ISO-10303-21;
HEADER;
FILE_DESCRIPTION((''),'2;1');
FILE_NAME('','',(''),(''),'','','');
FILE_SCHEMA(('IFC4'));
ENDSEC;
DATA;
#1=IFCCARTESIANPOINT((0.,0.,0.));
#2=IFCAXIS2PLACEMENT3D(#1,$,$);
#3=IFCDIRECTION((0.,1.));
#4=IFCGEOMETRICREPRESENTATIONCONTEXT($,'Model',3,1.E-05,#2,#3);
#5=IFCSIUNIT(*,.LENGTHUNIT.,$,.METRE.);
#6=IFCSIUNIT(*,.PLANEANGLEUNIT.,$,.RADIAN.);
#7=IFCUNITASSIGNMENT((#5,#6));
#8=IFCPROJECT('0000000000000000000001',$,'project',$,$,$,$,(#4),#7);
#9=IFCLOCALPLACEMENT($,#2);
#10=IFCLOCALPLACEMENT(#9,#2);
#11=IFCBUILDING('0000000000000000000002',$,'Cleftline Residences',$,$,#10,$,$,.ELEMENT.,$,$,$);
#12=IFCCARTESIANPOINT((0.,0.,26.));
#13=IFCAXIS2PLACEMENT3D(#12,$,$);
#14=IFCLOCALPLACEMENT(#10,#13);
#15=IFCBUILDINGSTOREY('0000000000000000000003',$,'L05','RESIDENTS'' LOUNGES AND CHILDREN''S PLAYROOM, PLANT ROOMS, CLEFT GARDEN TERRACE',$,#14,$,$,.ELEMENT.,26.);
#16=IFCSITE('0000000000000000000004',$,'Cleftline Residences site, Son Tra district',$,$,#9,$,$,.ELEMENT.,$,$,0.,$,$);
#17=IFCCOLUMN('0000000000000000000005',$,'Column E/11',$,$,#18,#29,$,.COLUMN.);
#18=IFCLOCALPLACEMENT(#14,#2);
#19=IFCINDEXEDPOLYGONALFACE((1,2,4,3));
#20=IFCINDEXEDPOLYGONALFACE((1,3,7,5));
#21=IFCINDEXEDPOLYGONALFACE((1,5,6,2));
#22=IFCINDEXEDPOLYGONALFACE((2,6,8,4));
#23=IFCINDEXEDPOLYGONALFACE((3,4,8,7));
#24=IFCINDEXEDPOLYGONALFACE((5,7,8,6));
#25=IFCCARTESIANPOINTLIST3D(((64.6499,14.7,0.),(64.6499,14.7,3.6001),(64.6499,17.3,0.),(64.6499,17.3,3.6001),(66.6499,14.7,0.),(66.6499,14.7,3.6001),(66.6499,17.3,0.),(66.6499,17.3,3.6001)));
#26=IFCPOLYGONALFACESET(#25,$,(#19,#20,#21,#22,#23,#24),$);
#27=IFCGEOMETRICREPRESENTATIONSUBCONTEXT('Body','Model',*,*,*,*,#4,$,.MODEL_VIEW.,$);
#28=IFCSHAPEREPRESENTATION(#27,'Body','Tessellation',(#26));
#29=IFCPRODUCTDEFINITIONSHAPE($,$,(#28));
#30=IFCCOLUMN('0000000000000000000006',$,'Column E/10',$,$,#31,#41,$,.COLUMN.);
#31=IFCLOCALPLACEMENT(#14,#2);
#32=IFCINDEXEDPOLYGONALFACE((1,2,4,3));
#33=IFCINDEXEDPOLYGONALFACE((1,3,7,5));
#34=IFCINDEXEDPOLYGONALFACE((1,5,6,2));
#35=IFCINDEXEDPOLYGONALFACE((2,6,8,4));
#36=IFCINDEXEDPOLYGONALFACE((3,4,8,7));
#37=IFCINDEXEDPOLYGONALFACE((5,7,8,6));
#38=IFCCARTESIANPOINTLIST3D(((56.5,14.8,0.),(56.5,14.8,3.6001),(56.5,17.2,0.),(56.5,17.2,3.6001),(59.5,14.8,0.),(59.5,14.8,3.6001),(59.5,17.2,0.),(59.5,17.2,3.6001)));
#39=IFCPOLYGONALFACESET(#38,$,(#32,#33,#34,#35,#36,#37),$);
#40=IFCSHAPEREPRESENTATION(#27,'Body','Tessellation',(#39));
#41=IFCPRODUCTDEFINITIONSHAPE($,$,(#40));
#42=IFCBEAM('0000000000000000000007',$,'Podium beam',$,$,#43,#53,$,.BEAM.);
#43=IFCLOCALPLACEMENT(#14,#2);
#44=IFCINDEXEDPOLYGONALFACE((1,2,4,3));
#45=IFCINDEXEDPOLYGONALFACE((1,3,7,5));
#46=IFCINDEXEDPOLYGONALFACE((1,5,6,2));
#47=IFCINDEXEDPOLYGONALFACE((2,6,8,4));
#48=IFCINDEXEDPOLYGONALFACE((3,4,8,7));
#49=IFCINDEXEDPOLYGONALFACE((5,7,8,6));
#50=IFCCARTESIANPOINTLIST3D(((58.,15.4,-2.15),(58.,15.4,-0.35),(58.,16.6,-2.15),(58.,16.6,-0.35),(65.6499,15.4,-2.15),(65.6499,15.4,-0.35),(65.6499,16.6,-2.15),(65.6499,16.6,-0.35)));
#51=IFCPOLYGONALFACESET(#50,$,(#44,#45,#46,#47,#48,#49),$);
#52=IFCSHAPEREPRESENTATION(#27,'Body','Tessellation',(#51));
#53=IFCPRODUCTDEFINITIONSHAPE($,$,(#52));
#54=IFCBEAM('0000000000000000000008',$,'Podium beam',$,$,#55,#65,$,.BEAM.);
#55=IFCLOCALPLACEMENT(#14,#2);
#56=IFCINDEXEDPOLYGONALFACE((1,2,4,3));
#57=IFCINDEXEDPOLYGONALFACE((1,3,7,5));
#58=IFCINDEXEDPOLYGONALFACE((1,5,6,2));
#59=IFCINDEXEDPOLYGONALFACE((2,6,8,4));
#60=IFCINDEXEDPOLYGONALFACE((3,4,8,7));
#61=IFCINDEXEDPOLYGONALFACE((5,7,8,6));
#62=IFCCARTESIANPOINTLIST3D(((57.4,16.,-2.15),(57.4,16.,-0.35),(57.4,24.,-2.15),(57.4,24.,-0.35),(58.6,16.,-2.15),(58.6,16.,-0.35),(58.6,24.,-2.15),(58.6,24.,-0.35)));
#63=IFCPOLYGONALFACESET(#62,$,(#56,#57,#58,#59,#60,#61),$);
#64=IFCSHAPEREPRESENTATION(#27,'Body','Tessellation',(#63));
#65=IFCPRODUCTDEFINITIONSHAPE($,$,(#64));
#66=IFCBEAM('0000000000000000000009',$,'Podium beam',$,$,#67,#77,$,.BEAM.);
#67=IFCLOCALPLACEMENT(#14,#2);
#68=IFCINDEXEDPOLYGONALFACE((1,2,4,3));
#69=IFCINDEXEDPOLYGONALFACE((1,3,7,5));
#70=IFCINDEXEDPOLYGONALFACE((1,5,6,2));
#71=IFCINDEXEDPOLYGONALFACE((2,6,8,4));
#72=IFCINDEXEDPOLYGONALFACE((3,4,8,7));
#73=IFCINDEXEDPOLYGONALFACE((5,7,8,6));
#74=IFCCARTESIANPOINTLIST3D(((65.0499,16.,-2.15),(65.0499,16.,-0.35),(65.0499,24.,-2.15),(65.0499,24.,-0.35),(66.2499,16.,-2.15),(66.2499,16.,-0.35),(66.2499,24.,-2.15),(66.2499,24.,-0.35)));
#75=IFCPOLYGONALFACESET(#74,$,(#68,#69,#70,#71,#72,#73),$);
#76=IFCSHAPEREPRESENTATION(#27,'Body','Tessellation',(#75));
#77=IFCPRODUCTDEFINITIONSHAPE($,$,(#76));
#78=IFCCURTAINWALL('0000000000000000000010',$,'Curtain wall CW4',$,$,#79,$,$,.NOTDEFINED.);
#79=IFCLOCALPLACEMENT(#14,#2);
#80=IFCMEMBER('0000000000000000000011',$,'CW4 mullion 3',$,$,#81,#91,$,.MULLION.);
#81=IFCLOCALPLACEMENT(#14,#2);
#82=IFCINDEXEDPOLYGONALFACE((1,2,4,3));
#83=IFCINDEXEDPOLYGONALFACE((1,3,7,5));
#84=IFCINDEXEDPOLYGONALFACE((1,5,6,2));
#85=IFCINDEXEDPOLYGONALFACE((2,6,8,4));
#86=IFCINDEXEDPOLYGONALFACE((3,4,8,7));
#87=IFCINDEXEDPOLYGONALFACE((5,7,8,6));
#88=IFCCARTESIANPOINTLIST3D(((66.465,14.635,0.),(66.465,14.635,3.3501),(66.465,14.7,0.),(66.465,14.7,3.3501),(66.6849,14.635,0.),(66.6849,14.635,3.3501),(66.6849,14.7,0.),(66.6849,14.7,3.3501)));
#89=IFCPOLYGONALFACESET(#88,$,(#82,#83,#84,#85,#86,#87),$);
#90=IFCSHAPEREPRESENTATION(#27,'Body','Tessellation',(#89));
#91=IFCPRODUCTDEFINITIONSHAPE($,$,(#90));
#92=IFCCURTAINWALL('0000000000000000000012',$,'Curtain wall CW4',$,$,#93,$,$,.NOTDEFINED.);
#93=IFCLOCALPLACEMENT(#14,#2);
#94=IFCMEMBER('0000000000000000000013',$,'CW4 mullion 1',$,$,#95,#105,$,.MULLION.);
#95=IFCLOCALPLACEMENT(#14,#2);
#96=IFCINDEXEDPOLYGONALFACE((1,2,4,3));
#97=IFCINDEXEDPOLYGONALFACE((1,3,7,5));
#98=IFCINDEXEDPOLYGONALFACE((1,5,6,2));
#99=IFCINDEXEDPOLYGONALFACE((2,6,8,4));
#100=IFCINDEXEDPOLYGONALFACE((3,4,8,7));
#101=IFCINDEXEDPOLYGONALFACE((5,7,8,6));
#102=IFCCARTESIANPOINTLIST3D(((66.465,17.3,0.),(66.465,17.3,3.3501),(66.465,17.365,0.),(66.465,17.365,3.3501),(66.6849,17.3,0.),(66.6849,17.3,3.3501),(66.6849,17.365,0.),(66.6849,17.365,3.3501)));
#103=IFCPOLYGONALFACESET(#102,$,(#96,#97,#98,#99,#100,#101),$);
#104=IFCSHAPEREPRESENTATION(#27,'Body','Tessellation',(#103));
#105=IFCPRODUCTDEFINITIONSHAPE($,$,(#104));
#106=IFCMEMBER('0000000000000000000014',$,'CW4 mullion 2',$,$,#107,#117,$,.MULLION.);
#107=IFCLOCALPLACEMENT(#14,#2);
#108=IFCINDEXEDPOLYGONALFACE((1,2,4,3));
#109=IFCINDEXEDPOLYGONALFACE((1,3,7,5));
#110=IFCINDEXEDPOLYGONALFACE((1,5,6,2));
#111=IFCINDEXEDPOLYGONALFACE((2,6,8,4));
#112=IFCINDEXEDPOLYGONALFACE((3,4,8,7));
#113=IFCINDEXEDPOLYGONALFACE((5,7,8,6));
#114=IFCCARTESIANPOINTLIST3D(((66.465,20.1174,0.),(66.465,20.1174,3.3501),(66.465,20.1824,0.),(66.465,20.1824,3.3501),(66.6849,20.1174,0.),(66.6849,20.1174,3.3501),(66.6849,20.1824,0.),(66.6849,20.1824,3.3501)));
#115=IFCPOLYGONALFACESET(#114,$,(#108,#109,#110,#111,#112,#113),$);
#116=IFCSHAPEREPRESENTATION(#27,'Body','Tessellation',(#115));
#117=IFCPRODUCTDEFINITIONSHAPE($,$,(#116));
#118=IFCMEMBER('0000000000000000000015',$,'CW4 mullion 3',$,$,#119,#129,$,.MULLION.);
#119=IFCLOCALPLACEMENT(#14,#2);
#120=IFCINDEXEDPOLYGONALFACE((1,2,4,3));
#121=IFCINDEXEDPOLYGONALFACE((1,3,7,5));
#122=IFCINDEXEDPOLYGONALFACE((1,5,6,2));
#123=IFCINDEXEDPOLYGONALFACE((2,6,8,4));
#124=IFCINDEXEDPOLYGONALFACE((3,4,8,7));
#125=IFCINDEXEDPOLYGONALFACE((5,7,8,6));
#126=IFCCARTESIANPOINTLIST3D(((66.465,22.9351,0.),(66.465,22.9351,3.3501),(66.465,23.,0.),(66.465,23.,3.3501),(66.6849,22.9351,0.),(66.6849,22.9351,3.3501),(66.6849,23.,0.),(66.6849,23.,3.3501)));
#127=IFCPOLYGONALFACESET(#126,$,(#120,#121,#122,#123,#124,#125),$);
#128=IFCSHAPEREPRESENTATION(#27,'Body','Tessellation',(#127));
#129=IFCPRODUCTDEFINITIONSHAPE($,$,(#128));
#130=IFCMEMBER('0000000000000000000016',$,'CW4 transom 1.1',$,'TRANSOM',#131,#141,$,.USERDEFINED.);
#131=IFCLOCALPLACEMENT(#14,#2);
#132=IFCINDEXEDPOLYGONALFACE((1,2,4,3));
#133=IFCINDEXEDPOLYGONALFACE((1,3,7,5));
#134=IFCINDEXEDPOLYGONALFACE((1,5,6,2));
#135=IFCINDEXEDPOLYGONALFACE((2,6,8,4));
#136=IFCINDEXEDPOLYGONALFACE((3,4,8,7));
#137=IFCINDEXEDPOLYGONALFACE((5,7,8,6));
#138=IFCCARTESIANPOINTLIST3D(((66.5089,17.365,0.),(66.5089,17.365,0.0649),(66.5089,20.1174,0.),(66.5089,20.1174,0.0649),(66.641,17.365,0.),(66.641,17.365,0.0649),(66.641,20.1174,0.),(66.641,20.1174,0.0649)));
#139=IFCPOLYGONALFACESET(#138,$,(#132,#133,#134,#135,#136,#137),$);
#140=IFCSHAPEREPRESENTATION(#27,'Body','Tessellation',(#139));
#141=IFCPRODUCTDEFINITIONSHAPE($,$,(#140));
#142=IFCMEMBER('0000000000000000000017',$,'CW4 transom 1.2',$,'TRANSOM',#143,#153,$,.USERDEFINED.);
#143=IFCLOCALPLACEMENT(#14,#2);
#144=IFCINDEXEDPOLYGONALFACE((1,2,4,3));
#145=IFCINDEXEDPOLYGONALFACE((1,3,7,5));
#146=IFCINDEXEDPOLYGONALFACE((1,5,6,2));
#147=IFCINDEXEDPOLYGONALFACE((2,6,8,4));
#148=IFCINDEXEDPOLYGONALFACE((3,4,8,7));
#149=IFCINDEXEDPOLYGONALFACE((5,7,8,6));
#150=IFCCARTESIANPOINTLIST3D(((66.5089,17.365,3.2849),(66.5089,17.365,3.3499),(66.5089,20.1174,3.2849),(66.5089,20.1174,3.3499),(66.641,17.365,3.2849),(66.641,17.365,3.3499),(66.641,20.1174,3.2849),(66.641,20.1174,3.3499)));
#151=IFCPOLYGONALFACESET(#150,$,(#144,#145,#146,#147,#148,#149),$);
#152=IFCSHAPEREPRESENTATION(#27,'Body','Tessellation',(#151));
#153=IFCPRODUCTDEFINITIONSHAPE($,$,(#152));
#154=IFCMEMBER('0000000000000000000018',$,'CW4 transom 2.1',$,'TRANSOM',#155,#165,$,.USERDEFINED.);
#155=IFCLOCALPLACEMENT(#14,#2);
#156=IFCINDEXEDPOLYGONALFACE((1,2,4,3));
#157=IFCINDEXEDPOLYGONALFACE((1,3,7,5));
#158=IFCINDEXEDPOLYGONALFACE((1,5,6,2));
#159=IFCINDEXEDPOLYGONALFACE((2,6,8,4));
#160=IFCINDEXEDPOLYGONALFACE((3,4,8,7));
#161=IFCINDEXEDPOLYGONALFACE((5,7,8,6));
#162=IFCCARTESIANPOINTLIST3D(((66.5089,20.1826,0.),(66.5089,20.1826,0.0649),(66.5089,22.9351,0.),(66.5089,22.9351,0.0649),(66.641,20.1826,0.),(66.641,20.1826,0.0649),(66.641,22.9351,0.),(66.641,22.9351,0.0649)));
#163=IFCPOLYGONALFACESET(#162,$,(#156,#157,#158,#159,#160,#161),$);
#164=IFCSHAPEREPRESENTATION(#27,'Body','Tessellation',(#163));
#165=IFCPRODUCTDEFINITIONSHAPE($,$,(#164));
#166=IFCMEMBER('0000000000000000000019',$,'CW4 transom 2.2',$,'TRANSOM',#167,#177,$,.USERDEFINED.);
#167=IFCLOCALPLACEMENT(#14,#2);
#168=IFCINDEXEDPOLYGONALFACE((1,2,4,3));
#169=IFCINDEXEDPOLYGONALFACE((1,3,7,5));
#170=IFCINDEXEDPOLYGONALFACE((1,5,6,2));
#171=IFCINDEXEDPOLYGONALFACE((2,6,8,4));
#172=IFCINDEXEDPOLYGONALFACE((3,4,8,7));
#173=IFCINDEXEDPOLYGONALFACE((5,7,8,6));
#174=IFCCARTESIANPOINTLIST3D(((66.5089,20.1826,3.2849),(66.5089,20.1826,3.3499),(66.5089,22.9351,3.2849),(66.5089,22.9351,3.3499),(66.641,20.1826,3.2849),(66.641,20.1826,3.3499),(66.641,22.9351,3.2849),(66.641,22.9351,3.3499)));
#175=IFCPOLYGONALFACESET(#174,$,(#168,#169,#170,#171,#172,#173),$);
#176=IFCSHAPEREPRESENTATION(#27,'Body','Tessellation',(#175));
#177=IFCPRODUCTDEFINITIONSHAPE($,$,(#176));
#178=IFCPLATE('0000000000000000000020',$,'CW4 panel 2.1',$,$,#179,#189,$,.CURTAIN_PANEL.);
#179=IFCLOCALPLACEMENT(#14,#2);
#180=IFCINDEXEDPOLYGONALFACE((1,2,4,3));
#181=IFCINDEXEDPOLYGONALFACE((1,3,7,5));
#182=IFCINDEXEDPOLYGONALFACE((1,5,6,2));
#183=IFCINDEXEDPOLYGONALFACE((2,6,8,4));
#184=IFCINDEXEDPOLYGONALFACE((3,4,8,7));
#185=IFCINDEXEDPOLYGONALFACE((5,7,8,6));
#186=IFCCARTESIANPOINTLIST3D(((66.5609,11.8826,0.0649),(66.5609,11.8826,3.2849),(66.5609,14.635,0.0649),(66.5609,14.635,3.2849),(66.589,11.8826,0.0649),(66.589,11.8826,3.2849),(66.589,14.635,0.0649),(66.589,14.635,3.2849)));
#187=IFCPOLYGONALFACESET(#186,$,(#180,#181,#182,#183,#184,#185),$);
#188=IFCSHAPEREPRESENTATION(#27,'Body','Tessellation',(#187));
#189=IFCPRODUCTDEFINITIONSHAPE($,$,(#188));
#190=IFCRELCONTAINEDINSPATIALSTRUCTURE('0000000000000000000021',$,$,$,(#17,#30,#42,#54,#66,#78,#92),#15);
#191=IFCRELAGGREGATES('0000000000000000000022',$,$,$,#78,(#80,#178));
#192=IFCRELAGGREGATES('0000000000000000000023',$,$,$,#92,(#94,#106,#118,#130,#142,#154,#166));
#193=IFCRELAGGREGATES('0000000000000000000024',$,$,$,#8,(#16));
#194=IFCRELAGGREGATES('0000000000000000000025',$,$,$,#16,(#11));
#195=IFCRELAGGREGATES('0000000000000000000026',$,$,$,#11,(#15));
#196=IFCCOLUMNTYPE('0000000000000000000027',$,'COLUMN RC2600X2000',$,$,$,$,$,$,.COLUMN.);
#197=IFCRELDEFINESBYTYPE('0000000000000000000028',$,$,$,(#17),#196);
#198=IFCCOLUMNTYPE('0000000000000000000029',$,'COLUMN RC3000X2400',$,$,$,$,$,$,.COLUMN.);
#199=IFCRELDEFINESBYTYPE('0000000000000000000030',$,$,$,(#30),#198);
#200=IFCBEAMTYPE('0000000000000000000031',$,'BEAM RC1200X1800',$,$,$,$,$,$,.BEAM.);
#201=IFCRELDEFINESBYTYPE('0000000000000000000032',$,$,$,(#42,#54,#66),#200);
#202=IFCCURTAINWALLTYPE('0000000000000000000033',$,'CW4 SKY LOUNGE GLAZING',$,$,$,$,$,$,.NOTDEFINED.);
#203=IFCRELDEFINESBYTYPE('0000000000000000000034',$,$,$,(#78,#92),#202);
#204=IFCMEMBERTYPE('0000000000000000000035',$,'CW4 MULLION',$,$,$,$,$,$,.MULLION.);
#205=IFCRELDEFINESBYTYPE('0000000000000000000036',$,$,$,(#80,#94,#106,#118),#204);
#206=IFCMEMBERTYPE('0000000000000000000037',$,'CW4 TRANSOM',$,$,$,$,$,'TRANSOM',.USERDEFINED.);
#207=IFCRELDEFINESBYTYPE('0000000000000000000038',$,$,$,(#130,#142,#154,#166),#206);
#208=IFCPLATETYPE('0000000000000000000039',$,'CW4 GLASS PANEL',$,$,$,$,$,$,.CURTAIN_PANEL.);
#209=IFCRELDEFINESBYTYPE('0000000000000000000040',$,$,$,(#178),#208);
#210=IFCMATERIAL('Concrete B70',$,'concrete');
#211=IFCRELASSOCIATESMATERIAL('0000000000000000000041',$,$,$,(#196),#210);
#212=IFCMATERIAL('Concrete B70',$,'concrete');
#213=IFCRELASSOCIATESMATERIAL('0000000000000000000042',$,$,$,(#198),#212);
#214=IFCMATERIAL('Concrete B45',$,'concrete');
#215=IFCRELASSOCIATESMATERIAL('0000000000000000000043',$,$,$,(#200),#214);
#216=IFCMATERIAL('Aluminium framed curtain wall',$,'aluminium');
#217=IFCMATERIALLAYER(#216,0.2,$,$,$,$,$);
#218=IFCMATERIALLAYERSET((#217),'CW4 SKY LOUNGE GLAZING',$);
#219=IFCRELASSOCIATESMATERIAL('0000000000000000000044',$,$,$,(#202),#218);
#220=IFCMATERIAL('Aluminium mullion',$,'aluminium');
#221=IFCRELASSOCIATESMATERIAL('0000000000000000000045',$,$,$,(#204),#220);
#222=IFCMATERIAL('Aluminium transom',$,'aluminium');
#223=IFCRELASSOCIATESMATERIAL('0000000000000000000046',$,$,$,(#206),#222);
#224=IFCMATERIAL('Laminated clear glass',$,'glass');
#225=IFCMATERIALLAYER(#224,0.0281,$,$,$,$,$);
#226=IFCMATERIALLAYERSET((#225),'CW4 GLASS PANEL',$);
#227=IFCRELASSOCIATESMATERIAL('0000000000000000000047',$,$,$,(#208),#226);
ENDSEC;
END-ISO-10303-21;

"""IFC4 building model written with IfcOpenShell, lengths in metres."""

from ifc_helpers import new_model, si_unit, direction, frame, origin, origin_2d, place, context, subcontext, project, spatial, rectangle, extrude, material, layer, layer_set, material_profile, profile_set, type_object, element, aggregate, save


model = new_model("IFC4")

# Units and contexts
model_context = context("Model", 3, precision=1e-05, world=origin(), true_north=direction((0.0, 1.0)))
body_context = subcontext(model_context, "Body", "Model", "MODEL_VIEW")
ifc_project = project(units=[si_unit("LENGTHUNIT", "METRE"), si_unit("PLANEANGLEUNIT", "RADIAN")], contexts=[model_context])

# Site, building, storey
site_placement = place(None, origin())
site = spatial("IfcSite", under=ifc_project, at=site_placement, Name="Cleftline Residences site, Son Tra district", CompositionType="ELEMENT", RefElevation=0.0)
building_placement = place(site_placement, origin())
building = spatial("IfcBuilding", under=site, at=building_placement, Name="Cleftline Residences", CompositionType="ELEMENT")
storey_placement = place(building_placement, frame((0.0, 0.0, 26.0)))
storey = spatial("IfcBuildingStorey", under=building, at=storey_placement, Name="L05", Description="RESIDENTS' LOUNGES AND CHILDREN'S PLAYROOM, PLANT ROOMS, CLEFT GARDEN TERRACE", CompositionType="ELEMENT", Elevation=26.0)

# Columns
ifc_material_1 = material(Name="Concrete B70", Category="concrete")
ifc_material_profile_1 = material_profile(ifc_material_1, rectangle(XDim=2.6001, YDim=2.0, at=origin_2d()))
ifc_profile_set_1 = profile_set([ifc_material_profile_1], Name="Concrete B70")
column_type_1 = type_object("IfcColumnType", Name="COLUMN RC2600X2000", PredefinedType="COLUMN", material=ifc_profile_set_1)
column_1_placement = place(storey_placement, frame((65.6499, 16.0, 0.0), z_axis=(0.0, 0.0, 1.0), x_axis=(0.0, 1.0, 0.0)))
element("IfcColumn", 1, at=column_1_placement, inside=storey, type_object=column_type_1, Name="Column E/11", PredefinedType="COLUMN", context=body_context, shape_type="SweptSolid", body=[
    extrude(rectangle(XDim=2.6001, YDim=2.0, at=origin_2d()), origin(), (0.0, 0.0, 1.0), 3.6001),
])
ifc_material_2 = material(Name="Concrete B70", Category="concrete")
ifc_material_profile_2 = material_profile(ifc_material_2, rectangle(XDim=3.0, YDim=2.3999, at=origin_2d()))
ifc_profile_set_2 = profile_set([ifc_material_profile_2], Name="Concrete B70")
column_type_2 = type_object("IfcColumnType", Name="COLUMN RC3000X2400", PredefinedType="COLUMN", material=ifc_profile_set_2)
column_2_placement = place(storey_placement, frame((58.0, 16.0, 0.0), z_axis=(0.0, 0.0, 1.0), x_axis=(1.0, 0.0, 0.0)))
element("IfcColumn", 2, at=column_2_placement, inside=storey, type_object=column_type_2, Name="Column E/10", PredefinedType="COLUMN", context=body_context, shape_type="SweptSolid", body=[
    extrude(rectangle(XDim=3.0, YDim=2.3999, at=origin_2d()), origin(), (0.0, 0.0, 1.0), 3.6001),
])

# Beams
ifc_material_3 = material(Name="Concrete B45", Category="concrete")
ifc_material_profile_3 = material_profile(ifc_material_3, rectangle(XDim=1.2, YDim=1.8, at=origin_2d()))
ifc_profile_set_3 = profile_set([ifc_material_profile_3], Name="Concrete B45")
beam_type = type_object("IfcBeamType", Name="BEAM RC1200X1800", PredefinedType="BEAM", material=ifc_profile_set_3)
beam_placement = place(storey_placement, frame((58.0, 16.0, -1.25), z_axis=(1.0, 0.0, 0.0), x_axis=(0.0, 1.0, 0.0)))
element("IfcBeam", 3, at=beam_placement, inside=storey, type_object=beam_type, Name="Podium beam", PredefinedType="BEAM", context=body_context, shape_type="SweptSolid", body=[
    extrude(rectangle(XDim=1.2, YDim=1.8, at=origin_2d()), origin(), (0.0, 0.0, 1.0), 7.6499),
])
for number, where, z_axis, x_axis, name in (
    (4, (58.0, 16.0, -1.25), (0.0, 1.0, 0.0), (-1.0, 0.0, 0.0), "Podium beam"),
    (5, (65.6499, 16.0, -1.25), (0.0, 1.0, 0.0), (-1.0, 0.0, 0.0), "Podium beam"),
):
    element("IfcBeam", number, at=place(storey_placement, frame(where, z_axis=z_axis, x_axis=x_axis)), inside=storey, type_object=beam_type, Name=name, PredefinedType="BEAM", context=body_context, shape_type="SweptSolid", body=[
        extrude(rectangle(XDim=1.2, YDim=1.8, at=origin_2d()), origin(), (0.0, 0.0, 1.0), 8.0),
    ])

# Curtain wall, member
ifc_material_4 = material(Name="Aluminium framed curtain wall", Category="aluminium")
ifc_layer_1 = layer(ifc_material_4, 0.2)
ifc_layer_set_1 = layer_set([ifc_layer_1], Name="CW4 SKY LOUNGE GLAZING")
curtain_wall_type = type_object("IfcCurtainWallType", Name="CW4 SKY LOUNGE GLAZING", PredefinedType="NOTDEFINED", material=ifc_layer_set_1)
curtain_wall_1_placement = place(storey_placement, origin())
curtain_wall_1 = element("IfcCurtainWall", 6, at=curtain_wall_1_placement, inside=storey, type_object=curtain_wall_type, Name="Curtain wall CW4", PredefinedType="NOTDEFINED")
ifc_material_5 = material(Name="Aluminium mullion", Category="aluminium")
ifc_material_profile_4 = material_profile(ifc_material_5, rectangle(XDim=0.22, YDim=0.0649, at=origin_2d()))
ifc_profile_set_4 = profile_set([ifc_material_profile_4], Name="Aluminium mullion")
member_type_1 = type_object("IfcMemberType", Name="CW4 MULLION", PredefinedType="MULLION", material=ifc_profile_set_4)
member_1_placement = place(storey_placement, frame((66.575, 14.6675, 0.0), z_axis=(0.0, 0.0, 1.0), x_axis=(-1.0, 0.0, 0.0)))
member_1 = element("IfcMember", 7, at=member_1_placement, type_object=member_type_1, Name="CW4 mullion 3", PredefinedType="MULLION", context=body_context, shape_type="SweptSolid", body=[
    extrude(rectangle(XDim=0.22, YDim=0.0649, at=origin_2d()), origin(), (0.0, 0.0, 1.0), 3.3501),
])

# Curtain wall, members
curtain_wall_2_placement = place(storey_placement, origin())
curtain_wall_2 = element("IfcCurtainWall", 8, at=curtain_wall_2_placement, inside=storey, type_object=curtain_wall_type, Name="Curtain wall CW4", PredefinedType="NOTDEFINED")
member_2_placement = place(storey_placement, frame((66.575, 17.3325, 0.0), z_axis=(0.0, 0.0, 1.0), x_axis=(-1.0, 0.0, 0.0)))
member_2 = element("IfcMember", 9, at=member_2_placement, type_object=member_type_1, Name="CW4 mullion 1", PredefinedType="MULLION", context=body_context, shape_type="SweptSolid", body=[
    extrude(rectangle(XDim=0.22, YDim=0.0649, at=origin_2d()), origin(), (0.0, 0.0, 1.0), 3.3501),
])
member_3_placement = place(storey_placement, frame((66.575, 20.1499, 0.0), z_axis=(0.0, 0.0, 1.0), x_axis=(-1.0, 0.0, 0.0)))
member_3 = element("IfcMember", 10, at=member_3_placement, type_object=member_type_1, Name="CW4 mullion 2", PredefinedType="MULLION", context=body_context, shape_type="SweptSolid", body=[
    extrude(rectangle(XDim=0.22, YDim=0.0649, at=origin_2d()), origin(), (0.0, 0.0, 1.0), 3.3501),
])
member_4_placement = place(storey_placement, frame((66.575, 22.9675, 0.0), z_axis=(0.0, 0.0, 1.0), x_axis=(-1.0, 0.0, 0.0)))
member_4 = element("IfcMember", 11, at=member_4_placement, type_object=member_type_1, Name="CW4 mullion 3", PredefinedType="MULLION", context=body_context, shape_type="SweptSolid", body=[
    extrude(rectangle(XDim=0.22, YDim=0.0649, at=origin_2d()), origin(), (0.0, 0.0, 1.0), 3.3501),
])
ifc_material_6 = material(Name="Aluminium transom", Category="aluminium")
ifc_material_profile_5 = material_profile(ifc_material_6, rectangle(XDim=0.1321, YDim=0.0649, at=origin_2d()))
ifc_profile_set_5 = profile_set([ifc_material_profile_5], Name="Aluminium transom")
member_type_2 = type_object("IfcMemberType", Name="CW4 TRANSOM", ElementType="TRANSOM", PredefinedType="USERDEFINED", material=ifc_profile_set_5)
member_5_placement = place(storey_placement, frame((66.575, 17.365, 0.0325), z_axis=(0.0, 1.0, 0.0), x_axis=(-1.0, 0.0, 0.0)))
member_5 = element("IfcMember", 12, at=member_5_placement, type_object=member_type_2, Name="CW4 transom 1.1", ObjectType="TRANSOM", PredefinedType="USERDEFINED", context=body_context, shape_type="SweptSolid", body=[
    extrude(rectangle(XDim=0.1321, YDim=0.0649, at=origin_2d()), origin(), (0.0, 0.0, 1.0), 2.7524),
])
member_6_placement = place(storey_placement, frame((66.575, 17.365, 3.3174), z_axis=(0.0, 1.0, 0.0), x_axis=(-1.0, 0.0, 0.0)))
member_6 = element("IfcMember", 13, at=member_6_placement, type_object=member_type_2, Name="CW4 transom 1.2", ObjectType="TRANSOM", PredefinedType="USERDEFINED", context=body_context, shape_type="SweptSolid", body=[
    extrude(rectangle(XDim=0.1321, YDim=0.0649, at=origin_2d()), origin(), (0.0, 0.0, 1.0), 2.7524),
])
member_7_placement = place(storey_placement, frame((66.575, 20.1826, 0.0325), z_axis=(0.0, 1.0, 0.0), x_axis=(-1.0, 0.0, 0.0)))
member_7 = element("IfcMember", 14, at=member_7_placement, type_object=member_type_2, Name="CW4 transom 2.1", ObjectType="TRANSOM", PredefinedType="USERDEFINED", context=body_context, shape_type="SweptSolid", body=[
    extrude(rectangle(XDim=0.1321, YDim=0.0649, at=origin_2d()), origin(), (0.0, 0.0, 1.0), 2.7524),
])
member_8_placement = place(storey_placement, frame((66.575, 20.1826, 3.3174), z_axis=(0.0, 1.0, 0.0), x_axis=(-1.0, 0.0, 0.0)))
member_8 = element("IfcMember", 15, at=member_8_placement, type_object=member_type_2, Name="CW4 transom 2.2", ObjectType="TRANSOM", PredefinedType="USERDEFINED", context=body_context, shape_type="SweptSolid", body=[
    extrude(rectangle(XDim=0.1321, YDim=0.0649, at=origin_2d()), origin(), (0.0, 0.0, 1.0), 2.7524),
])

# Plate
ifc_material_7 = material(Name="Laminated clear glass", Category="glass")
ifc_layer_2 = layer(ifc_material_7, 0.0281)
ifc_layer_set_2 = layer_set([ifc_layer_2], Name="CW4 GLASS PANEL")
plate_type = type_object("IfcPlateType", Name="CW4 GLASS PANEL", PredefinedType="CURTAIN_PANEL", material=ifc_layer_set_2)
plate_1_placement = place(storey_placement, frame((66.575, 13.2588, 0.0649), z_axis=(0.0, 0.0, 1.0), x_axis=(0.0, 1.0, 0.0)))
plate_1 = element("IfcPlate", 16, at=plate_1_placement, type_object=plate_type, Name="CW4 panel 2.1", PredefinedType="CURTAIN_PANEL", context=body_context, shape_type="SweptSolid", body=[
    extrude(rectangle(XDim=2.7524, YDim=0.0281, at=origin_2d()), origin(), (0.0, 0.0, 1.0), 3.22),
])
aggregate(curtain_wall_1, [member_1, plate_1])
aggregate(curtain_wall_2, [member_2, member_3, member_4, member_5, member_6, member_7, member_8])

save(model, "model.ifc")
